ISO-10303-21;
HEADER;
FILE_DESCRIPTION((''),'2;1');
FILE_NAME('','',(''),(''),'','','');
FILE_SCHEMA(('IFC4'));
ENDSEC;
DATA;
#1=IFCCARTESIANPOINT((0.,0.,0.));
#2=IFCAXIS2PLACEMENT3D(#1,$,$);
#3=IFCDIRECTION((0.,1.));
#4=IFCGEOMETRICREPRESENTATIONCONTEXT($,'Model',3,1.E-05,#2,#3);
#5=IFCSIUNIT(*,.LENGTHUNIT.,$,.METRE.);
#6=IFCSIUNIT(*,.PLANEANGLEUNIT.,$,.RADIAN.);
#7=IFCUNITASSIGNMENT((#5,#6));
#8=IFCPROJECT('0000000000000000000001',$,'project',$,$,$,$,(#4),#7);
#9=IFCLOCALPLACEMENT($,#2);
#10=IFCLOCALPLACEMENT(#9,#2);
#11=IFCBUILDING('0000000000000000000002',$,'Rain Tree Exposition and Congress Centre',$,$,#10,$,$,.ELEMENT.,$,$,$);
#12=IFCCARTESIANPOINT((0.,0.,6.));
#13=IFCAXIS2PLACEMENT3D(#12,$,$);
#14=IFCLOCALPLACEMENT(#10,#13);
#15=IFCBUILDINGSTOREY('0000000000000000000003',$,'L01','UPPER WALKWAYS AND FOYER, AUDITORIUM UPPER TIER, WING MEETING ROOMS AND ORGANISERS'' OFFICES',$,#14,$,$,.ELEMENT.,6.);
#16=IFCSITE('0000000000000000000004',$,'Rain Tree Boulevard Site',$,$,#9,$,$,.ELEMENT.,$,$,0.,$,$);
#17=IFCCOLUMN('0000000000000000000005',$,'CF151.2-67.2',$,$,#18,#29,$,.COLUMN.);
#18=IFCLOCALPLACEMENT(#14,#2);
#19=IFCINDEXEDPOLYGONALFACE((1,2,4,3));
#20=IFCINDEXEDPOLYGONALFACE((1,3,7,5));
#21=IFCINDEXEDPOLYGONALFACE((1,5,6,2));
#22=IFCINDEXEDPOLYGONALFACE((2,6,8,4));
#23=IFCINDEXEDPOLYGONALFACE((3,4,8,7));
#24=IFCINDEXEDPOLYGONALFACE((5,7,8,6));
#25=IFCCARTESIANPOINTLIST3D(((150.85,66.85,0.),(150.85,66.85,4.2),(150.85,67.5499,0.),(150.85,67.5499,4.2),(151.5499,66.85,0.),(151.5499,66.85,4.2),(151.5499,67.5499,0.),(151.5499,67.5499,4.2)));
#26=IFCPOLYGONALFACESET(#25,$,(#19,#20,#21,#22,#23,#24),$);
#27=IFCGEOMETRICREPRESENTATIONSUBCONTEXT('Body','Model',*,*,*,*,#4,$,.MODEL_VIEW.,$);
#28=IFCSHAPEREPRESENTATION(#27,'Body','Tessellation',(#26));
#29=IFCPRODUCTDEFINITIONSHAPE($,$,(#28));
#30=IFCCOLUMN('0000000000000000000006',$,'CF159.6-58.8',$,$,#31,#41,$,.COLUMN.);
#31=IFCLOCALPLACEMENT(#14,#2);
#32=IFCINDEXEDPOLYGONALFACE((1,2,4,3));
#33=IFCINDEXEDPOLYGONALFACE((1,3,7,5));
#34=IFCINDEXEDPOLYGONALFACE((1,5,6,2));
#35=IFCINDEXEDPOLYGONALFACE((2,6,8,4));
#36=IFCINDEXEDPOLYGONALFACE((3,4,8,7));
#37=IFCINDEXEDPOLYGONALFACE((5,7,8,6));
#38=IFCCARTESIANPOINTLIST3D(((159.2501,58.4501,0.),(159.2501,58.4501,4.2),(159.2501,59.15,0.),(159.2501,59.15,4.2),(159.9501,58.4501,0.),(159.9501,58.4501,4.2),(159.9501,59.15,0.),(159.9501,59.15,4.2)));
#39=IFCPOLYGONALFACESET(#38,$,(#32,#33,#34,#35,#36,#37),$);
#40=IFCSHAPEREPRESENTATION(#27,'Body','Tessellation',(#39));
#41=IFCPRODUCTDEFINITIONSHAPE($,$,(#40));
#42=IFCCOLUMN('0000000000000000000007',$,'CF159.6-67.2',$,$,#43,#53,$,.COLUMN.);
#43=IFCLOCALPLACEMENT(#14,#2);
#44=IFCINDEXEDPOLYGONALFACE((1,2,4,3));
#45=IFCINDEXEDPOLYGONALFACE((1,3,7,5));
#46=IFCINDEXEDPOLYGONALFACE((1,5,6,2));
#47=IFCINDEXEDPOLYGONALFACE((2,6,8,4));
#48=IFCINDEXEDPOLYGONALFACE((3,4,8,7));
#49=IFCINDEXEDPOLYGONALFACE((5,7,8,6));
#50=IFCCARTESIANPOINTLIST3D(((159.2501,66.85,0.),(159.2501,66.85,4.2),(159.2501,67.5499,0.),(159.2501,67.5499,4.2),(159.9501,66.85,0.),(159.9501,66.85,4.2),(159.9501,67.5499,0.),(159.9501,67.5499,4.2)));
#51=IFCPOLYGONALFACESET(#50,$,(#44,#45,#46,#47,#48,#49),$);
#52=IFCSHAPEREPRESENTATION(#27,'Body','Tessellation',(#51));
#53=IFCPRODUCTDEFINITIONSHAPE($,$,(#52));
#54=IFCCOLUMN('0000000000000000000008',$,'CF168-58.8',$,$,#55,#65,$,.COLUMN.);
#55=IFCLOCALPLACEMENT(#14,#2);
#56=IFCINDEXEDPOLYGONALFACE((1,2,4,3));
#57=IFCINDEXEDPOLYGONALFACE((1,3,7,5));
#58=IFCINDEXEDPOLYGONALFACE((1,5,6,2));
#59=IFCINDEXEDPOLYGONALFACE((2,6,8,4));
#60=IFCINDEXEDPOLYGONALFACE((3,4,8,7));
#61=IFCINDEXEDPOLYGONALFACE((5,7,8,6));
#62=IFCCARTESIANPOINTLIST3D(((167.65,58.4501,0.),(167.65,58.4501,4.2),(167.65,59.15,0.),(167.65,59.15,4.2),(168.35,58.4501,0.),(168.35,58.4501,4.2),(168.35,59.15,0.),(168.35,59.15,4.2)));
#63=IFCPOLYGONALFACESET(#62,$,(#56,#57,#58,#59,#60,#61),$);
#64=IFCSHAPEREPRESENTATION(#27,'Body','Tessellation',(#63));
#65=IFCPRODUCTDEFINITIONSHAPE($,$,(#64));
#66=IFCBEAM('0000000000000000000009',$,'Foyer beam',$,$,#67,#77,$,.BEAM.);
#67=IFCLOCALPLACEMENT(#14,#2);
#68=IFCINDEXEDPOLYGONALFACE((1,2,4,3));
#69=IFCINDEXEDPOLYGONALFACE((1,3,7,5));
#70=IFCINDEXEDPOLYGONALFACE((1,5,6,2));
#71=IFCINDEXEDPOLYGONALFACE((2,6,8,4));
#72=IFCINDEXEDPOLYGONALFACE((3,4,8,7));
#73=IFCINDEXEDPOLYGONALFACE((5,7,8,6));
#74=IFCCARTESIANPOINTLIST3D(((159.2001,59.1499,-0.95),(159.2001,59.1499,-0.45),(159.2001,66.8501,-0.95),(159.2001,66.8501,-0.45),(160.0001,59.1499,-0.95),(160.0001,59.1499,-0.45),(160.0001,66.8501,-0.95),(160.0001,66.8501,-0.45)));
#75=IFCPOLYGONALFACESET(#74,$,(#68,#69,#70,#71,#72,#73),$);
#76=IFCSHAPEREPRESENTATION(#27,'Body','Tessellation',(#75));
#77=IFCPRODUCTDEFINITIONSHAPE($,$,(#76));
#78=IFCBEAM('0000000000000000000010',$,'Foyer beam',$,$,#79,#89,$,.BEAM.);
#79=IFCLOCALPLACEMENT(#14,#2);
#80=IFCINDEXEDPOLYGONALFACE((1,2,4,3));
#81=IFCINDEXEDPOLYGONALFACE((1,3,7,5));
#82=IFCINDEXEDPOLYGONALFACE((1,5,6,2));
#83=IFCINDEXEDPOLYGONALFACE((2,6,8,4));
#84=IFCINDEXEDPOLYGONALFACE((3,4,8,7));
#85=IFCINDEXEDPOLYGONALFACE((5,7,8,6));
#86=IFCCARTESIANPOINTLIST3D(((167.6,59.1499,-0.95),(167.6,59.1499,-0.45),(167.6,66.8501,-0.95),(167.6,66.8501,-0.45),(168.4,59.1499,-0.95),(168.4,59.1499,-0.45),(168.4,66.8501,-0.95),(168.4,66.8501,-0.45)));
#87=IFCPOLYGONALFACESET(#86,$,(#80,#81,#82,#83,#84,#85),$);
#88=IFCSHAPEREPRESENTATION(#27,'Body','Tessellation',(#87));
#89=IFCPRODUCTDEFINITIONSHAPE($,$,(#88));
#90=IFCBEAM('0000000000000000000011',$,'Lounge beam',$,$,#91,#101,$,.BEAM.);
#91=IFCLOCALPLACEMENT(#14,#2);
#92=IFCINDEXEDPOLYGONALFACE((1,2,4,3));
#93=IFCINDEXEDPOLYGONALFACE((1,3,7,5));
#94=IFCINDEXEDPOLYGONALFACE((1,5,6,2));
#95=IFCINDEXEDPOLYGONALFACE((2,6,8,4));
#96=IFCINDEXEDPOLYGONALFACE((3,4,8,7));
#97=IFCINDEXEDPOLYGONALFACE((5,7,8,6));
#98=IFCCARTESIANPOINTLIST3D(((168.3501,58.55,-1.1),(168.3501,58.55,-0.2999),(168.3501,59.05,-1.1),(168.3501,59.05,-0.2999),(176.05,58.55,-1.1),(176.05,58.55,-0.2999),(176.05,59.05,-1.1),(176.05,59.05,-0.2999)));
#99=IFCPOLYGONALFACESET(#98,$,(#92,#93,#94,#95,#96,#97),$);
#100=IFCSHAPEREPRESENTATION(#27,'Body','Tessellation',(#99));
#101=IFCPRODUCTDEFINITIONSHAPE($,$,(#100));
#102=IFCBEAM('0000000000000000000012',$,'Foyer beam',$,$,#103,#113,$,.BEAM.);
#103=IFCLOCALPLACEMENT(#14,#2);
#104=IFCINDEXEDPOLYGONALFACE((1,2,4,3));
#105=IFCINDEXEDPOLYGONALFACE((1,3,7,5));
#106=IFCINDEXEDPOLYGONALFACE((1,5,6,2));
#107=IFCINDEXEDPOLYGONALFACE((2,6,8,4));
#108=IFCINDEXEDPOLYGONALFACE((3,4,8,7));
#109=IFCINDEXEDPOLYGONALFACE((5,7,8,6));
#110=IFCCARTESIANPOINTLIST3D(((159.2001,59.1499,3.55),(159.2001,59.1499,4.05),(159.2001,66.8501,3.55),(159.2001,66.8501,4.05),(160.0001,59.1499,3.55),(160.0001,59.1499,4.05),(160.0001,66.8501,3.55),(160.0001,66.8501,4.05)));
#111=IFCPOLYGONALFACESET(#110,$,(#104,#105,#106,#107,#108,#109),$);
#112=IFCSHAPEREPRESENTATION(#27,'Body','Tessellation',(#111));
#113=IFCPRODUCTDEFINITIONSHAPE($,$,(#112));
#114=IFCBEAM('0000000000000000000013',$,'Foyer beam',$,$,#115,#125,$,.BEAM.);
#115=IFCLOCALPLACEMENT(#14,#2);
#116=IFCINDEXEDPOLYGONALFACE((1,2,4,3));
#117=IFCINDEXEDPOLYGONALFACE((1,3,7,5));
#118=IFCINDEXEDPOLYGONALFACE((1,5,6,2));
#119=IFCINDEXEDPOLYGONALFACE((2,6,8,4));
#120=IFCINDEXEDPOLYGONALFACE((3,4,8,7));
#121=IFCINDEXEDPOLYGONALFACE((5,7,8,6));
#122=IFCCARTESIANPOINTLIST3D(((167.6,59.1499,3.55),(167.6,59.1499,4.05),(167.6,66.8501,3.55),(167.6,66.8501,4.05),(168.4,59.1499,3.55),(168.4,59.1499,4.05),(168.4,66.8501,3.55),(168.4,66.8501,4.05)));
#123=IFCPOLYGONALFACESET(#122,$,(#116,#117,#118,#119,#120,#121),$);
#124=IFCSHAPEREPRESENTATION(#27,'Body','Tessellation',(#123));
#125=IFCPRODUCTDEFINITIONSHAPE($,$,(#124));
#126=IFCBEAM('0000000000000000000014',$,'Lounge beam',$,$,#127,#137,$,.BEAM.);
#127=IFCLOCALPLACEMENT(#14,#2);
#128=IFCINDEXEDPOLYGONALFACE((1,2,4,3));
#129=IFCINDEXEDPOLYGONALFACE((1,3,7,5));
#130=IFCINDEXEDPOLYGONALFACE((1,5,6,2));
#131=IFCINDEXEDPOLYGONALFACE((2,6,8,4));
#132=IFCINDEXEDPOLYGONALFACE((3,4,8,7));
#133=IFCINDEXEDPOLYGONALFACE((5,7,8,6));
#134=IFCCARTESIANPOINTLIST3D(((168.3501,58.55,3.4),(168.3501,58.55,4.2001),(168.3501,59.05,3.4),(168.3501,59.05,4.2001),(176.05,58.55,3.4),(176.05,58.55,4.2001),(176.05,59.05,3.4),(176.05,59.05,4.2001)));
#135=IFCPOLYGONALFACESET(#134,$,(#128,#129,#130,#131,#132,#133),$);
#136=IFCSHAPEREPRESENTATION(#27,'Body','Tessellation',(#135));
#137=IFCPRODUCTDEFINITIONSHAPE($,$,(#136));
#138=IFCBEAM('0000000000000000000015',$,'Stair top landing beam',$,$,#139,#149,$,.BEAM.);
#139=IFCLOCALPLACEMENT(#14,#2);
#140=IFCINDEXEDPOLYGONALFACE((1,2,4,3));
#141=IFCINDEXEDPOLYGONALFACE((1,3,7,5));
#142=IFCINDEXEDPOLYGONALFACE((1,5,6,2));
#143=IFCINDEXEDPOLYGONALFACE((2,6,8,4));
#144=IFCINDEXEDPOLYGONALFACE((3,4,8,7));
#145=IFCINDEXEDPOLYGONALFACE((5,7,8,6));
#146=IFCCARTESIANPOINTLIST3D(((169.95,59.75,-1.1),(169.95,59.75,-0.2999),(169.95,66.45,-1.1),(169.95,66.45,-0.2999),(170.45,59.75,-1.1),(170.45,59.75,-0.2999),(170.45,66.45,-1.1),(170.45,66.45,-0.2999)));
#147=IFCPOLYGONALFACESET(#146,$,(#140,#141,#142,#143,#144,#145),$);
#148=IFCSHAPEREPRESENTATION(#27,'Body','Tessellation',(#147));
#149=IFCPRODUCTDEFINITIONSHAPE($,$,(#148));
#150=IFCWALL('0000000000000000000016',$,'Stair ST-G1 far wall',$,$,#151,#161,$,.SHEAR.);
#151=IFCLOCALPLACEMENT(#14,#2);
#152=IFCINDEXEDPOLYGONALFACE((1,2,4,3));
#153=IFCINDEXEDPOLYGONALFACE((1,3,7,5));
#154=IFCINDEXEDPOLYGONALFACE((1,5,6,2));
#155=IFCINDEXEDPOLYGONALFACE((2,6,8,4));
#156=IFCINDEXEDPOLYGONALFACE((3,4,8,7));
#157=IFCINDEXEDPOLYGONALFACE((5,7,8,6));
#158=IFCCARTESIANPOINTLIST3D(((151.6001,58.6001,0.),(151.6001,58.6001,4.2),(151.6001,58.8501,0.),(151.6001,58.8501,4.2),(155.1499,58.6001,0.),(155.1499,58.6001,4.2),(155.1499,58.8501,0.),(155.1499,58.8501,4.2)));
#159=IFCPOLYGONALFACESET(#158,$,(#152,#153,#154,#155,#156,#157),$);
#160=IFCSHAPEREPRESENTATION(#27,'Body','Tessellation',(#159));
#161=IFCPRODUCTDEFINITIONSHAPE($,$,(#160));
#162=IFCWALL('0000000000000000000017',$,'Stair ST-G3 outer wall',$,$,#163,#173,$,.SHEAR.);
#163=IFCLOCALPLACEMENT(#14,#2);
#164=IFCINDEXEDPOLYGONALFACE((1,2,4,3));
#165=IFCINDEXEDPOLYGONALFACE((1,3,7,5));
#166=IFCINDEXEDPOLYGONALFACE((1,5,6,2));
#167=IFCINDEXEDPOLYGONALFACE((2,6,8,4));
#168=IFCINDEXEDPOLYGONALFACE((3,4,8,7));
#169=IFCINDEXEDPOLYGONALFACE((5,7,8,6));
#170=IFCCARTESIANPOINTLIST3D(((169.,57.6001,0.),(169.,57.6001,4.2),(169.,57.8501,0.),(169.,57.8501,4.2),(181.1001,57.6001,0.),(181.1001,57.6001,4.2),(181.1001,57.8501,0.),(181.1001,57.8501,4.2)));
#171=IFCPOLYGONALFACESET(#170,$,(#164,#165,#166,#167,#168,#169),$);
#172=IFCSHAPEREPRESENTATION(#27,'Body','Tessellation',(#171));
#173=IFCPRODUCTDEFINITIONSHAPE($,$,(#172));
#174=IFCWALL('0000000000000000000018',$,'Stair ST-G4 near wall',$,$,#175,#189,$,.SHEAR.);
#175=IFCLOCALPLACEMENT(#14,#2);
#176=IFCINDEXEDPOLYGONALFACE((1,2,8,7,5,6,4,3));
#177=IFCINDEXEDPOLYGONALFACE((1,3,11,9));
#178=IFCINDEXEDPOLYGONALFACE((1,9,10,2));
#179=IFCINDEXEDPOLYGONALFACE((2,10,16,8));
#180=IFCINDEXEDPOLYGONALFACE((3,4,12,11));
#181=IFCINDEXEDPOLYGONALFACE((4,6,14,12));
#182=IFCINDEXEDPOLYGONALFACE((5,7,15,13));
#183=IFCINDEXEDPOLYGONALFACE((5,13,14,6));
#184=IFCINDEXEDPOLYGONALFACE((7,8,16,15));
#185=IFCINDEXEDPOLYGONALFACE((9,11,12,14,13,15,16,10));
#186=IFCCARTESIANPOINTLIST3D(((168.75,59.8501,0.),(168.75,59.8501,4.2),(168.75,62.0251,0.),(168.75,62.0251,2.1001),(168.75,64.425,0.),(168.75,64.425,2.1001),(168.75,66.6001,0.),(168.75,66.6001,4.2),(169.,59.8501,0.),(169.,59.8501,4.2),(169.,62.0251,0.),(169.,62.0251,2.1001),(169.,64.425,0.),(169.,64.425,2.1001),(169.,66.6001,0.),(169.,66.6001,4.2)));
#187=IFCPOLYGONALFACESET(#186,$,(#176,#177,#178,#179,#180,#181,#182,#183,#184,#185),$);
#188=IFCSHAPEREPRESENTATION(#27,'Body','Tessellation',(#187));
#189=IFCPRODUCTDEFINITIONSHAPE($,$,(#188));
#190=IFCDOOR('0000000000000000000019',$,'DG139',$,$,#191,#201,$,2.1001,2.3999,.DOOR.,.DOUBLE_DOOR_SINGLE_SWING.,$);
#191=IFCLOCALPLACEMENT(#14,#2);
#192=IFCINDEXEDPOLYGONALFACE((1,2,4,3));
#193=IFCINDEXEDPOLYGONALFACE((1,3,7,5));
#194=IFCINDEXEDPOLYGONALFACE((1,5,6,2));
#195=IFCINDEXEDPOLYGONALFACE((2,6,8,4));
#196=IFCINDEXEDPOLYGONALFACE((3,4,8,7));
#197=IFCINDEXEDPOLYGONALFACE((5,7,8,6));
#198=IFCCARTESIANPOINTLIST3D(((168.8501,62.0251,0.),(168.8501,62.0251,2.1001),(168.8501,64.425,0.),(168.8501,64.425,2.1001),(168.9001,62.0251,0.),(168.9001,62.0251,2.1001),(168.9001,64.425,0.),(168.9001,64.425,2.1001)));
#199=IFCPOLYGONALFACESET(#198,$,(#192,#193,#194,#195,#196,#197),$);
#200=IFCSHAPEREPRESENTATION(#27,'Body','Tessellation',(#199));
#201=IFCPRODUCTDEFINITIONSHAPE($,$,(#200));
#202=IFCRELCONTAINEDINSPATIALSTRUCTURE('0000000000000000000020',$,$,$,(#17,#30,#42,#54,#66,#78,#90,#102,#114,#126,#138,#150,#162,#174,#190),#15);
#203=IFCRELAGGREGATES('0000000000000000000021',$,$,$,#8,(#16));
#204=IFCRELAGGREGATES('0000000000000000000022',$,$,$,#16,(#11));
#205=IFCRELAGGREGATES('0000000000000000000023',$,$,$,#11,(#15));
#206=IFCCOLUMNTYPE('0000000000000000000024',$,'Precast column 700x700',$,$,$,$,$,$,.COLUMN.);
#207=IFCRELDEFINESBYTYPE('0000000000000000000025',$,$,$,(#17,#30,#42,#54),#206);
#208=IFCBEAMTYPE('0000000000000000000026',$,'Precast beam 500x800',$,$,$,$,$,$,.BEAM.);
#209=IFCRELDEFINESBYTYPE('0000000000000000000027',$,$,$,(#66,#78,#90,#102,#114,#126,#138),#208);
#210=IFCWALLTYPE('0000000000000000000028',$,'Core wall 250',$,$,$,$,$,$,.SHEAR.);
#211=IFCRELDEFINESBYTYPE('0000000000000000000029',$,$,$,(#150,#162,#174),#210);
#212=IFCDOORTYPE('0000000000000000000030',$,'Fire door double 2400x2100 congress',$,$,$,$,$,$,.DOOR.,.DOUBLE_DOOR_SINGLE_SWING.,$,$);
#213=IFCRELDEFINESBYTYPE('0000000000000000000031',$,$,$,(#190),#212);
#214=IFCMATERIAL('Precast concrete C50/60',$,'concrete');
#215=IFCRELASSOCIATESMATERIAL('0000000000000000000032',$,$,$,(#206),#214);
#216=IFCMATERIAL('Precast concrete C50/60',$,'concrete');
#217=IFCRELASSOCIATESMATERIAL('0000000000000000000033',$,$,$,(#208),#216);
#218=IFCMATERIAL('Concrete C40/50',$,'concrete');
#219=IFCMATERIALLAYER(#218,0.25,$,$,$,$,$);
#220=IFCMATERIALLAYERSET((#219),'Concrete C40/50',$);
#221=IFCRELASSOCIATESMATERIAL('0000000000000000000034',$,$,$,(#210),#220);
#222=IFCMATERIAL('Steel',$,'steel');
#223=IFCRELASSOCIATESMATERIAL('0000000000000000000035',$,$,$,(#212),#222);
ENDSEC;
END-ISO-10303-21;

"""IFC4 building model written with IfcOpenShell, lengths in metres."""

from ifc_helpers import new_model, si_unit, direction, frame, frame_2d, origin, origin_2d, place, context, subcontext, project, spatial, rectangle, extrude, material, layer, layer_set, material_profile, profile_set, type_object, element, fill, save


model = new_model("IFC4")

# Units and contexts
model_context = context("Model", 3, precision=1e-05, world=origin(), true_north=direction((0.0, 1.0)))
body_context = subcontext(model_context, "Body", "Model", "MODEL_VIEW")
ifc_project = project(units=[si_unit("LENGTHUNIT", "METRE"), si_unit("PLANEANGLEUNIT", "RADIAN")], contexts=[model_context])

# Site, building, storey
site_placement = place(None, origin())
site = spatial("IfcSite", under=ifc_project, at=site_placement, Name="Rain Tree Boulevard Site", CompositionType="ELEMENT", RefElevation=0.0)
building_placement = place(site_placement, origin())
building = spatial("IfcBuilding", under=site, at=building_placement, Name="Rain Tree Exposition and Congress Centre", CompositionType="ELEMENT")
storey_placement = place(building_placement, frame((0.0, 0.0, 6.0)))
storey = spatial("IfcBuildingStorey", under=building, at=storey_placement, Name="L01", Description="UPPER WALKWAYS AND FOYER, AUDITORIUM UPPER TIER, WING MEETING ROOMS AND ORGANISERS' OFFICES", CompositionType="ELEMENT", Elevation=6.0)

# Columns
ifc_material_1 = material(Name="Precast concrete C50/60", Category="concrete")
ifc_material_profile_1 = material_profile(ifc_material_1, rectangle(XDim=0.7, YDim=0.7, at=origin_2d()), Name="RC 700x700")
ifc_profile_set_1 = profile_set([ifc_material_profile_1], Name="Precast concrete C50/60")
column_type = type_object("IfcColumnType", Name="Precast column 700x700", PredefinedType="COLUMN", material=ifc_profile_set_1)
for number, where, z_axis, x_axis, name in (
    (1, (151.2, 67.2, 0.0), (0.0, 0.0, 1.0), (1.0, 0.0, 0.0), "CF151.2-67.2"),
    (2, (159.6001, 58.8, 0.0), (0.0, 0.0, 1.0), (1.0, 0.0, 0.0), "CF159.6-58.8"),
    (3, (159.6001, 67.2, 0.0), (0.0, 0.0, 1.0), (1.0, 0.0, 0.0), "CF159.6-67.2"),
    (4, (168.0, 58.8, 0.0), (0.0, 0.0, 1.0), (1.0, 0.0, 0.0), "CF168-58.8"),
):
    element("IfcColumn", number, at=place(storey_placement, frame(where, z_axis=z_axis, x_axis=x_axis)), inside=storey, type_object=column_type, Name=name, PredefinedType="COLUMN", context=body_context, shape_type="SweptSolid", body=[
        extrude(rectangle(XDim=0.7, YDim=0.7, at=origin_2d()), origin(), (0.0, 0.0, 1.0), 4.2),
    ])

# Beams
ifc_material_2 = material(Name="Precast concrete C50/60", Category="concrete")
ifc_material_profile_2 = material_profile(ifc_material_2, rectangle(XDim=0.5, YDim=0.8, at=origin_2d()), Name="RC 500x800")
ifc_profile_set_2 = profile_set([ifc_material_profile_2], Name="Precast concrete C50/60")
beam_type = type_object("IfcBeamType", Name="Precast beam 500x800", PredefinedType="BEAM", material=ifc_profile_set_2)
for number, where, z_axis, x_axis, name in (
    (5, (159.6001, 59.1499, -0.7), (0.0, 1.0, 0.0), (0.0, 0.0, 1.0), "Foyer beam"),
    (6, (168.0, 59.1499, -0.7), (0.0, 1.0, 0.0), (0.0, 0.0, 1.0), "Foyer beam"),
):
    element("IfcBeam", number, at=place(storey_placement, frame(where, z_axis=z_axis, x_axis=x_axis)), inside=storey, type_object=beam_type, Name=name, PredefinedType="BEAM", context=body_context, shape_type="SweptSolid", body=[
        extrude(rectangle(XDim=0.5, YDim=0.8, at=origin_2d()), origin(), (0.0, 0.0, 1.0), 7.7002),
    ])
beam_1_placement = place(storey_placement, frame((168.3501, 58.8, -0.7), z_axis=(1.0, 0.0, 0.0), x_axis=(0.0, 1.0, 0.0)))
element("IfcBeam", 7, at=beam_1_placement, inside=storey, type_object=beam_type, Name="Lounge beam", PredefinedType="BEAM", context=body_context, shape_type="SweptSolid", body=[
    extrude(rectangle(XDim=0.5, YDim=0.8, at=origin_2d()), origin(), (0.0, 0.0, 1.0), 7.7),
])
for number, where, z_axis, x_axis, name in (
    (8, (159.6001, 59.1499, 3.8), (0.0, 1.0, 0.0), (0.0, 0.0, 1.0), "Foyer beam"),
    (9, (168.0, 59.1499, 3.8), (0.0, 1.0, 0.0), (0.0, 0.0, 1.0), "Foyer beam"),
):
    element("IfcBeam", number, at=place(storey_placement, frame(where, z_axis=z_axis, x_axis=x_axis)), inside=storey, type_object=beam_type, Name=name, PredefinedType="BEAM", context=body_context, shape_type="SweptSolid", body=[
        extrude(rectangle(XDim=0.5, YDim=0.8, at=origin_2d()), origin(), (0.0, 0.0, 1.0), 7.7002),
    ])
beam_2_placement = place(storey_placement, frame((168.3501, 58.8, 3.8), z_axis=(1.0, 0.0, 0.0), x_axis=(0.0, 1.0, 0.0)))
element("IfcBeam", 10, at=beam_2_placement, inside=storey, type_object=beam_type, Name="Lounge beam", PredefinedType="BEAM", context=body_context, shape_type="SweptSolid", body=[
    extrude(rectangle(XDim=0.5, YDim=0.8, at=origin_2d()), origin(), (0.0, 0.0, 1.0), 7.7),
])
beam_3_placement = place(storey_placement, frame((170.2, 59.75, -0.7), z_axis=(0.0, 1.0, 0.0), x_axis=(-1.0, 0.0, 0.0)))
element("IfcBeam", 11, at=beam_3_placement, inside=storey, type_object=beam_type, Name="Stair top landing beam", PredefinedType="BEAM", context=body_context, shape_type="SweptSolid", body=[
    extrude(rectangle(XDim=0.5, YDim=0.8, at=origin_2d()), origin(), (0.0, 0.0, 1.0), 6.7),
])

# Walls
ifc_material_3 = material(Name="Concrete C40/50", Category="concrete")
ifc_layer_1 = layer(ifc_material_3, 0.25)
ifc_layer_set_1 = layer_set([ifc_layer_1], Name="Concrete C40/50")
wall_type_1 = type_object("IfcWallType", Name="Core wall 250", PredefinedType="SHEAR", material=ifc_layer_set_1)
wall_1_placement = place(storey_placement, frame((155.1499, 58.7251, 0.0), z_axis=(0.0, 0.0, 1.0), x_axis=(-1.0, 0.0, 0.0)))
element("IfcWall", 12, at=wall_1_placement, inside=storey, type_object=wall_type_1, Name="Stair ST-G1 far wall", PredefinedType="SHEAR", context=body_context, shape_type="SweptSolid", body=[
    extrude(rectangle(XDim=3.5498, YDim=0.25, at=frame_2d((1.7749, 0.0))), origin(), (0.0, 0.0, 1.0), 4.2),
])
wall_2_placement = place(storey_placement, frame((169.0, 57.7251, 0.0), z_axis=(0.0, 0.0, 1.0), x_axis=(1.0, 0.0, 0.0)))
element("IfcWall", 13, at=wall_2_placement, inside=storey, type_object=wall_type_1, Name="Stair ST-G3 outer wall", PredefinedType="SHEAR", context=body_context, shape_type="SweptSolid", body=[
    extrude(rectangle(XDim=12.1001, YDim=0.25, at=frame_2d((6.05, 0.0))), origin(), (0.0, 0.0, 1.0), 4.2),
])

# Wall, opening, door
wall_3_placement = place(storey_placement, frame((168.875, 59.8501, 0.0), z_axis=(0.0, 0.0, 1.0), x_axis=(0.0, 1.0, 0.0)))
wall_3 = element("IfcWall", 14, at=wall_3_placement, inside=storey, type_object=wall_type_1, Name="Stair ST-G4 near wall", PredefinedType="SHEAR", context=body_context, shape_type="SweptSolid", body=[
    extrude(rectangle(XDim=6.75, YDim=0.25, at=frame_2d((3.375, 0.0))), origin(), (0.0, 0.0, 1.0), 4.2),
])
opening_1_placement = place(wall_3_placement, frame((2.175, 0.0, 0.0)))
opening_1 = element("IfcOpeningElement", 15, at=opening_1_placement, cuts=wall_3, PredefinedType="OPENING", context=body_context, shape_type="SweptSolid", body=[
    extrude(rectangle(XDim=2.3999, YDim=2.1001, at=frame_2d((1.2, 1.05))), frame((0.0, 0.125, 0.0), z_axis=(0.0, -1.0, 0.0), x_axis=(1.0, 0.0, 0.0)), (0.0, 0.0, 1.0), 0.25),
])
ifc_material_4 = material(Name="Steel", Category="steel")
door_type_1 = type_object("IfcDoorType", Name="Fire door double 2400x2100 congress", OperationType="DOUBLE_DOOR_SINGLE_SWING", PredefinedType="DOOR", material=ifc_material_4)
door_1_placement = place(opening_1_placement, origin())
door_1 = element("IfcDoor", 16, at=door_1_placement, inside=storey, type_object=door_type_1, Name="DG139", OperationType="DOUBLE_DOOR_SINGLE_SWING", OverallHeight=2.1001, OverallWidth=2.3999, PredefinedType="DOOR", context=body_context, shape_type="SweptSolid", body=[
    extrude(rectangle(XDim=2.3999, YDim=2.1001, at=frame_2d((1.2, 1.05))), frame((0.0, 0.0249, 0.0), z_axis=(0.0, -1.0, 0.0), x_axis=(1.0, 0.0, 0.0)), (0.0, 0.0, 1.0), 0.05),
])
fill(opening_1, door_1)

save(model, "model.ifc")
